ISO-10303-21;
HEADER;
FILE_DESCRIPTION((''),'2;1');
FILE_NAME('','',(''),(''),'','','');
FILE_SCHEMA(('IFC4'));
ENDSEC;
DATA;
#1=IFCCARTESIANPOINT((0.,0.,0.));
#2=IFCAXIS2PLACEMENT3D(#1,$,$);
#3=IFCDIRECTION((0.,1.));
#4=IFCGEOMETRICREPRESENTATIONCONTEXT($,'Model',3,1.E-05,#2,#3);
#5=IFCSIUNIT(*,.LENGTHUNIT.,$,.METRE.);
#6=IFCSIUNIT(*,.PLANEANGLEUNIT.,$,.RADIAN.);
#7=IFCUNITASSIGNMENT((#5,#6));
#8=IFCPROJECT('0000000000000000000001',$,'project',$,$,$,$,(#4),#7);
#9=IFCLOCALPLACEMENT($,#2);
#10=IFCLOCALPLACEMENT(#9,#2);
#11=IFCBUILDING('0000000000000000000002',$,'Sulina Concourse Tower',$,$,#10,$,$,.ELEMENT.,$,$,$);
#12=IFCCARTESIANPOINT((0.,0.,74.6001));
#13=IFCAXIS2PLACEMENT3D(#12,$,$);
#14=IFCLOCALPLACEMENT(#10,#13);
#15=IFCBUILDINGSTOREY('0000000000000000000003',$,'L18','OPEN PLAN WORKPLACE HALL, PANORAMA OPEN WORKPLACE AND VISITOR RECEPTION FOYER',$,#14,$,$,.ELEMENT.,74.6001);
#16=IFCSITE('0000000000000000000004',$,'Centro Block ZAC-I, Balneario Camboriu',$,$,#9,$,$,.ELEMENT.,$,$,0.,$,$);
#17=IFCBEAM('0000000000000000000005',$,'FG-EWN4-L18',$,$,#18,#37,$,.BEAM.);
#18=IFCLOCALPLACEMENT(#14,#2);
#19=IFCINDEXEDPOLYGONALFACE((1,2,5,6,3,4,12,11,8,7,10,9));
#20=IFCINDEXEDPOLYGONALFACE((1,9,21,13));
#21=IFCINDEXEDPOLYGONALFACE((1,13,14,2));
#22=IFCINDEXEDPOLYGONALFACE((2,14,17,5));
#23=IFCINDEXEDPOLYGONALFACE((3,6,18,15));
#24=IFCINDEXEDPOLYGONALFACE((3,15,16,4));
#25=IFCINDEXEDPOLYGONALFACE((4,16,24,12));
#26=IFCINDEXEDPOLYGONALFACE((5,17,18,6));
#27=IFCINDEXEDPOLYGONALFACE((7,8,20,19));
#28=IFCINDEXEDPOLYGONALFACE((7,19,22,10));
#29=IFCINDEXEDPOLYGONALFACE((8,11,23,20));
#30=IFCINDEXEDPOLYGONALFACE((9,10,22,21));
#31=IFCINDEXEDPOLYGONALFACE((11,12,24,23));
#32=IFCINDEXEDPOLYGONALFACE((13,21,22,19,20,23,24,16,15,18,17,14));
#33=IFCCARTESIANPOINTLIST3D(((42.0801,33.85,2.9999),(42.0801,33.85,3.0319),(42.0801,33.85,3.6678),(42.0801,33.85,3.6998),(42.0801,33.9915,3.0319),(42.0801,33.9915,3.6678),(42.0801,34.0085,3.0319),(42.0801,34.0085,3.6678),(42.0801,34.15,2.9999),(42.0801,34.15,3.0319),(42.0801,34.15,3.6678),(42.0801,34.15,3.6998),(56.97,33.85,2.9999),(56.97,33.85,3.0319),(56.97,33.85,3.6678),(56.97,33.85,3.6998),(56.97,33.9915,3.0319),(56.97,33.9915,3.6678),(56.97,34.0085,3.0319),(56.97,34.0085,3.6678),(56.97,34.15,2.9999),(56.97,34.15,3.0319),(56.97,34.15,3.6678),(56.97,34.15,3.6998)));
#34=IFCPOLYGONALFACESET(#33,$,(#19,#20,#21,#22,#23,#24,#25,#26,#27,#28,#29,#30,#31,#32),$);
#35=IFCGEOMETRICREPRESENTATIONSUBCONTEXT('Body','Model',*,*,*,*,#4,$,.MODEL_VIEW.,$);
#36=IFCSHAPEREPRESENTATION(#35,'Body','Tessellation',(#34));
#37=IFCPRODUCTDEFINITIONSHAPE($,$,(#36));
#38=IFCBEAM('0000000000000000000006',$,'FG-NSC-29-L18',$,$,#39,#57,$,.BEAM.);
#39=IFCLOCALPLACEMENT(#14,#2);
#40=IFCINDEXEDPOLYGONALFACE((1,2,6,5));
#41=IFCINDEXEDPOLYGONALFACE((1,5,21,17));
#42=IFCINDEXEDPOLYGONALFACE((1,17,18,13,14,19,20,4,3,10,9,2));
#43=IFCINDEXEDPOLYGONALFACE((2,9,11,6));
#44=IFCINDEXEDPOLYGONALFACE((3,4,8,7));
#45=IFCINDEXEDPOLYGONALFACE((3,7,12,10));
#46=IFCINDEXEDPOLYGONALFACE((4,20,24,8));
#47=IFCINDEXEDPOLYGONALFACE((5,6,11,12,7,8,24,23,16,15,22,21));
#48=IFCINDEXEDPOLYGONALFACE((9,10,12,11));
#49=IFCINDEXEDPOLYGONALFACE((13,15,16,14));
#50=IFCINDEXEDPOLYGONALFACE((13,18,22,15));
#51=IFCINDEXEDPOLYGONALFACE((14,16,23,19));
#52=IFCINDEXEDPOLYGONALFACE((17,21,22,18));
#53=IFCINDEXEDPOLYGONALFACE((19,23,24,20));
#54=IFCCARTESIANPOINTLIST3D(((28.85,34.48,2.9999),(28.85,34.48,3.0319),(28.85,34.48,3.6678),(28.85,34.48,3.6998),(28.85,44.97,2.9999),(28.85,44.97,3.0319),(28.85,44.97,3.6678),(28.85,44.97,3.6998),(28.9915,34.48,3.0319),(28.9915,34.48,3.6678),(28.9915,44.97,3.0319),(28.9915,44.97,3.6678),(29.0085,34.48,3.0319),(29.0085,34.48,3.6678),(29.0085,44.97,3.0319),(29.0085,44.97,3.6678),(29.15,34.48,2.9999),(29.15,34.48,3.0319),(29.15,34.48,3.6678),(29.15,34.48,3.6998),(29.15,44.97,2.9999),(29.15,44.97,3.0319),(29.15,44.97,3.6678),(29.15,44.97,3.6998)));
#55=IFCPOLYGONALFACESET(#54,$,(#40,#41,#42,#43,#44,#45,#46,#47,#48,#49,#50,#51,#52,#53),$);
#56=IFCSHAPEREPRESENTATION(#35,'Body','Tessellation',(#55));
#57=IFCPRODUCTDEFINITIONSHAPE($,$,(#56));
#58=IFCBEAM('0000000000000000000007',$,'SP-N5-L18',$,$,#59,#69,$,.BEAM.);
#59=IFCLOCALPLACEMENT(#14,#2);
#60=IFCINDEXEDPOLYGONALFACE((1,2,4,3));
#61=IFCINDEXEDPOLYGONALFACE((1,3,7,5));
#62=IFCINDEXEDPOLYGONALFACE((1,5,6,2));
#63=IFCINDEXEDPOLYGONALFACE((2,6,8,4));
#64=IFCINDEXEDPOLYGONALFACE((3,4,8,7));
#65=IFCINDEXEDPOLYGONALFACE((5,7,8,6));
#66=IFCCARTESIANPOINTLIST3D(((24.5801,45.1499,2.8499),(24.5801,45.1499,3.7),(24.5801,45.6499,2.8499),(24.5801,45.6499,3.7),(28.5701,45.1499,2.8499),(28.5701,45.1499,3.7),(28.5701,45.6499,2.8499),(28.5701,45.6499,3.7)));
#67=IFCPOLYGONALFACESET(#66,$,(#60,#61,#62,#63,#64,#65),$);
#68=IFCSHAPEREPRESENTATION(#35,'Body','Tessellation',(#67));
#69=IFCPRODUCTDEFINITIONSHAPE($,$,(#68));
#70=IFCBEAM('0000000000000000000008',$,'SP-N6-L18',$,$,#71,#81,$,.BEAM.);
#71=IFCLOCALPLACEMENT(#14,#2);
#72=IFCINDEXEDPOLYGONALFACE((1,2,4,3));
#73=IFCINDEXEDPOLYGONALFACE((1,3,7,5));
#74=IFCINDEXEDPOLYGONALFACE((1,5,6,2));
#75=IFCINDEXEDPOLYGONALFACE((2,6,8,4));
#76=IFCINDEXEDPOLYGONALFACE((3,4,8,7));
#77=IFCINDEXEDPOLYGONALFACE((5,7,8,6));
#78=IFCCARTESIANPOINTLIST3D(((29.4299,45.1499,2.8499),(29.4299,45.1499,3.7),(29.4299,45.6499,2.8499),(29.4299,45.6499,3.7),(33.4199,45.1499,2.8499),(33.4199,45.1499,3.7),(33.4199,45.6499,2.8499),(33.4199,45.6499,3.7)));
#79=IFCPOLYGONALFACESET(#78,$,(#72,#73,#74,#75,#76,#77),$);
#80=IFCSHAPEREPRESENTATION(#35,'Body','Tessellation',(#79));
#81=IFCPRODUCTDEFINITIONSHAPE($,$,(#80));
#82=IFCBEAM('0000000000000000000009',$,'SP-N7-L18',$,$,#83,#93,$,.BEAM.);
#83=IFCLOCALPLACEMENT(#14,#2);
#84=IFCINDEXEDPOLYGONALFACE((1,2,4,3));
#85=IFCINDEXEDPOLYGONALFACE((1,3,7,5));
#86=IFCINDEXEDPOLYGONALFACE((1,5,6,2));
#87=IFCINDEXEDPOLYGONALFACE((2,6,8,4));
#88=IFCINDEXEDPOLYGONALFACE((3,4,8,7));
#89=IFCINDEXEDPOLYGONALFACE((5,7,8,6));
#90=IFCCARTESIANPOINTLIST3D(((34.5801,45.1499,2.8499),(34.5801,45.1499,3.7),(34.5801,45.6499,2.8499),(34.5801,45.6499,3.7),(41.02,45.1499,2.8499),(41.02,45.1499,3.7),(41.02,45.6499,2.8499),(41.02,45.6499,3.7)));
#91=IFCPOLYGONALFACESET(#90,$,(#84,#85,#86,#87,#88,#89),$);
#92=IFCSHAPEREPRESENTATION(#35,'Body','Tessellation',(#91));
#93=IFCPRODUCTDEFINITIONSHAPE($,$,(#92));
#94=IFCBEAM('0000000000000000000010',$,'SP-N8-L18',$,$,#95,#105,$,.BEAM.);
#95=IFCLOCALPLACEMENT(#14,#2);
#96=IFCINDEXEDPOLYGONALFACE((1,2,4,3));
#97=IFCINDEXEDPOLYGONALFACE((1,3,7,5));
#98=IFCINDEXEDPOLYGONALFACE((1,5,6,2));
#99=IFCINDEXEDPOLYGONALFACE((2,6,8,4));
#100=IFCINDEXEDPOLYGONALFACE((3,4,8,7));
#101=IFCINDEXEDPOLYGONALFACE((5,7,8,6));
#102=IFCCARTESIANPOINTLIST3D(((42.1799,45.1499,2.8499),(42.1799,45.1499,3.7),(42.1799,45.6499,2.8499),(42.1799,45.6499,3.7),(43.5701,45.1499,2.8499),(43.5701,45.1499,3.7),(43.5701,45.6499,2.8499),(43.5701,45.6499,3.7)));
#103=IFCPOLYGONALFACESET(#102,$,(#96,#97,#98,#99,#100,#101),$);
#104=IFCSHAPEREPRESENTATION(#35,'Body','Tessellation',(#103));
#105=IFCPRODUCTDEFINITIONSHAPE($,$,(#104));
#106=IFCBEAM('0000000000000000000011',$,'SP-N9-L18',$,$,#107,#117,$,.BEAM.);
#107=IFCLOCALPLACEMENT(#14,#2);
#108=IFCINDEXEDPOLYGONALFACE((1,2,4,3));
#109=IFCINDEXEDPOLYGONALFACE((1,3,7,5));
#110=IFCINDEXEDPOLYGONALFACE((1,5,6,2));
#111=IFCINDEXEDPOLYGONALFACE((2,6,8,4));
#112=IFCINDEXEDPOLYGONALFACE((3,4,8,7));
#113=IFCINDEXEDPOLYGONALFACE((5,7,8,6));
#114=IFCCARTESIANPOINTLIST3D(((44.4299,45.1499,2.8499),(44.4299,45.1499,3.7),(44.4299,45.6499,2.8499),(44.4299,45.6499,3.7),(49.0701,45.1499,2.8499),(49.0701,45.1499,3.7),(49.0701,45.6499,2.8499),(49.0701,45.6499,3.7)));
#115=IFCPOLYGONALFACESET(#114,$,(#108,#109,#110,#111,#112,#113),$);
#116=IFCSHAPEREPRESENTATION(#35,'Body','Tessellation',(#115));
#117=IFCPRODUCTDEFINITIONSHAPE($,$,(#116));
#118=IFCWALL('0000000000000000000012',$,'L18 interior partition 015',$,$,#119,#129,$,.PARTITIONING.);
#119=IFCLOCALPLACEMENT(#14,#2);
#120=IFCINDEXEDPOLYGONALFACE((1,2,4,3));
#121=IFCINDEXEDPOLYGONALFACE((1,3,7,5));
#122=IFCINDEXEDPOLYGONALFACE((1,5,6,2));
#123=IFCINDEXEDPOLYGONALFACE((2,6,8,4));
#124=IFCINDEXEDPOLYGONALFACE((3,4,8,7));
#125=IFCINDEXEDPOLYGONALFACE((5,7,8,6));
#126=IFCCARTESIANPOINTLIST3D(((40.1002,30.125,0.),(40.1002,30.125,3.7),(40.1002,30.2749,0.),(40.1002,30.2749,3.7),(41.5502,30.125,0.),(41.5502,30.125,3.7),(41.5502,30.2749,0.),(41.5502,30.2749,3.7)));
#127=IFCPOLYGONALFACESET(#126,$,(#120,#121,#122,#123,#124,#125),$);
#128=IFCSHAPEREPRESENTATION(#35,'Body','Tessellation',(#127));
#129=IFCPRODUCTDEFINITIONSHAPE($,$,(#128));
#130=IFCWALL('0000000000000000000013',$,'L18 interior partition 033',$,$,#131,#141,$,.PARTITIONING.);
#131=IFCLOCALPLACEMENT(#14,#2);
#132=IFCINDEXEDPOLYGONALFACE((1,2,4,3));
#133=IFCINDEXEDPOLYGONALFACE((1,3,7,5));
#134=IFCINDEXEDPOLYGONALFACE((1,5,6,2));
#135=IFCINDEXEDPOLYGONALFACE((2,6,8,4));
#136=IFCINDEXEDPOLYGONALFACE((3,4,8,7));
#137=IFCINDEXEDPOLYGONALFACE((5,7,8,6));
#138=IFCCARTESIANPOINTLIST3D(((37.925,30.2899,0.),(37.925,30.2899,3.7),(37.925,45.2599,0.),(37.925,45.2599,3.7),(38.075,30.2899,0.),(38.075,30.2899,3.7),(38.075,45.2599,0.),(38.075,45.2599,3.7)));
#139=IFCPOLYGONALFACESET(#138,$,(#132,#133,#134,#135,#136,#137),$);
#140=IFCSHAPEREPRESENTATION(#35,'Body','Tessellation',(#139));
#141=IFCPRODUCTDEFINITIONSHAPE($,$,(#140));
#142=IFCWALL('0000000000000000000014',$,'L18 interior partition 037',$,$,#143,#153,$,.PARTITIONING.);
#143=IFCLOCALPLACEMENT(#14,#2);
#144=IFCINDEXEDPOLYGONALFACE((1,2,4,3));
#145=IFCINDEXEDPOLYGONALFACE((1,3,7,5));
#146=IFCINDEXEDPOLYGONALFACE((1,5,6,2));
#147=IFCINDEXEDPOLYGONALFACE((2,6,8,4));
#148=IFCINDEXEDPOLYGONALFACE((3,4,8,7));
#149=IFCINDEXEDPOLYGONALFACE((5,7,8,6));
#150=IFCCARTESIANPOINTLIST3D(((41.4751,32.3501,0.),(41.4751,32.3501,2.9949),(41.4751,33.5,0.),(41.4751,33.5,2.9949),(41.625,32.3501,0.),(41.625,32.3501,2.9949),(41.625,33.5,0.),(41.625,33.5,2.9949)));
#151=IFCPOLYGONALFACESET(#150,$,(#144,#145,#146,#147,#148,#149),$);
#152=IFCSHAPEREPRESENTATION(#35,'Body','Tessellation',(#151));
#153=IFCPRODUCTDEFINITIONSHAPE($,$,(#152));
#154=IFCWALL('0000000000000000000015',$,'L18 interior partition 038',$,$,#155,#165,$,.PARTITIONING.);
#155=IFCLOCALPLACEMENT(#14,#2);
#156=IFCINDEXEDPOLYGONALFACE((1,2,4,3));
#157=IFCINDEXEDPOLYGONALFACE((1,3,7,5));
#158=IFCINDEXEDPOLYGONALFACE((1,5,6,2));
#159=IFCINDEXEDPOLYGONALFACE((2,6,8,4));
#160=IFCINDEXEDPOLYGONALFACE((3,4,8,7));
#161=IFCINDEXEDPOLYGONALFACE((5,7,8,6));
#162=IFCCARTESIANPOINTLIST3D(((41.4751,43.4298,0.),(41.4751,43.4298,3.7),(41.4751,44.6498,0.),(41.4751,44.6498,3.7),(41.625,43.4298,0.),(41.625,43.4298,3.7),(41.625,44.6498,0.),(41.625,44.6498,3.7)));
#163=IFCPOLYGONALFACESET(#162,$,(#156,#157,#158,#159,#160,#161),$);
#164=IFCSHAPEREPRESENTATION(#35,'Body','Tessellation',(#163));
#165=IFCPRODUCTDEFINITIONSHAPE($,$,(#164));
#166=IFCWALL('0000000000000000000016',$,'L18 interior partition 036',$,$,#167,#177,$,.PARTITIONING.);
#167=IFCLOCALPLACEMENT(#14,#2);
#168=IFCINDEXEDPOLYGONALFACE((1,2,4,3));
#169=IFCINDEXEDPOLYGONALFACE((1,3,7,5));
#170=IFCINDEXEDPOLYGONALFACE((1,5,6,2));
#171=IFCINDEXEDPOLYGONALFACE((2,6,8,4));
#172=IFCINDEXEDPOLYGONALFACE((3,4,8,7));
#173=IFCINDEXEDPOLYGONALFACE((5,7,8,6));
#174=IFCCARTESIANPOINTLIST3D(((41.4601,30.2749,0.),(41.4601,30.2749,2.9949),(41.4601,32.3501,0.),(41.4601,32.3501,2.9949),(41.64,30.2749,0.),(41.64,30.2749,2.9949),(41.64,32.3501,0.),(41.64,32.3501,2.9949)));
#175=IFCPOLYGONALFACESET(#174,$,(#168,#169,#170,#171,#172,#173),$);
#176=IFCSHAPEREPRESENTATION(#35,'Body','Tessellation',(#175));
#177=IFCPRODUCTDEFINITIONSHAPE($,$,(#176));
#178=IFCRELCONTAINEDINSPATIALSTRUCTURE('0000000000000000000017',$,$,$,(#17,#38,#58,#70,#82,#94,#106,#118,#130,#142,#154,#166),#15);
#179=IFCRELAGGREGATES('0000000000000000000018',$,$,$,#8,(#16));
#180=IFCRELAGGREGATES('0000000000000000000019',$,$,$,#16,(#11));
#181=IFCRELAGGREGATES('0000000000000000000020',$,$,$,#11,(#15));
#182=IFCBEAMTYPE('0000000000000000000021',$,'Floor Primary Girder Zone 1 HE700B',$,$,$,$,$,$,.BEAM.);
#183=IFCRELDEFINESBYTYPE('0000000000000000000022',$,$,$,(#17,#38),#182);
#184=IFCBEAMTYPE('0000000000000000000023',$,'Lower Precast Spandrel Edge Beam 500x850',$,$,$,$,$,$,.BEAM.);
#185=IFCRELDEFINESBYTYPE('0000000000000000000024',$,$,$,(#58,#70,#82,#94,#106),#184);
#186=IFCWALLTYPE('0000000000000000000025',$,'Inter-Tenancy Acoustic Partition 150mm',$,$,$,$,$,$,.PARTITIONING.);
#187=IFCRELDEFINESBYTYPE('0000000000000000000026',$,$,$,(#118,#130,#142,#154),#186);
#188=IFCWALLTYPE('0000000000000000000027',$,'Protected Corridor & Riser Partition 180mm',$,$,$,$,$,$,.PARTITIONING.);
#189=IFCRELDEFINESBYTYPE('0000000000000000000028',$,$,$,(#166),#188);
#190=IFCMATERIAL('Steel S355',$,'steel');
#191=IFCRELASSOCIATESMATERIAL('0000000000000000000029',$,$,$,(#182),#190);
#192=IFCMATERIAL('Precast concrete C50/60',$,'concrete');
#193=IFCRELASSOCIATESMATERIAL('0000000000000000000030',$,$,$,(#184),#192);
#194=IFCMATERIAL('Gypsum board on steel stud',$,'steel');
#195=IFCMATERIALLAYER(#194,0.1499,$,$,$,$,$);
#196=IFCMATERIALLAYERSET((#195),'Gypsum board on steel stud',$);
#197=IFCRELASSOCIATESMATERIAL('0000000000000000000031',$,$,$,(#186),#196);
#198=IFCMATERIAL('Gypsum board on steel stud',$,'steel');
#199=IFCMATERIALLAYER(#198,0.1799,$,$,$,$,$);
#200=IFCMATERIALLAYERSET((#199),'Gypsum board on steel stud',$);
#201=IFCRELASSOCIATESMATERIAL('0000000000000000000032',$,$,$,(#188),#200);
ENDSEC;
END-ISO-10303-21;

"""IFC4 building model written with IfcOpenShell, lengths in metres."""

from ifc_helpers import new_model, si_unit, direction, frame, frame_2d, origin, origin_2d, place, context, subcontext, project, spatial, rectangle, i_section, extrude, material, layer, layer_set, material_profile, profile_set, type_object, element, save


model = new_model("IFC4")

# Units and contexts
model_context = context("Model", 3, precision=1e-05, world=origin(), true_north=direction((0.0, 1.0)))
body_context = subcontext(model_context, "Body", "Model", "MODEL_VIEW")
ifc_project = project(units=[si_unit("LENGTHUNIT", "METRE"), si_unit("PLANEANGLEUNIT", "RADIAN")], contexts=[model_context])

# Site, building, storey
site_placement = place(None, origin())
site = spatial("IfcSite", under=ifc_project, at=site_placement, Name="Centro Block ZAC-I, Balneario Camboriu", CompositionType="ELEMENT", RefElevation=0.0)
building_placement = place(site_placement, origin())
building = spatial("IfcBuilding", under=site, at=building_placement, Name="Sulina Concourse Tower", CompositionType="ELEMENT")
storey_placement = place(building_placement, frame((0.0, 0.0, 74.6001)))
storey = spatial("IfcBuildingStorey", under=building, at=storey_placement, Name="L18", Description="OPEN PLAN WORKPLACE HALL, PANORAMA OPEN WORKPLACE AND VISITOR RECEPTION FOYER", CompositionType="ELEMENT", Elevation=74.6001)

# Beams
ifc_material_1 = material(Name="Steel S355", Category="steel")
ifc_material_profile_1 = material_profile(ifc_material_1, i_section(OverallWidth=0.3, OverallDepth=0.7, WebThickness=0.0171, FlangeThickness=0.032, at=origin_2d()), Name="HE 700 B")
ifc_profile_set_1 = profile_set([ifc_material_profile_1], Name="Steel S355")
beam_type_1 = type_object("IfcBeamType", Name="Floor Primary Girder Zone 1 HE700B", PredefinedType="BEAM", material=ifc_profile_set_1)
beam_1_placement = place(storey_placement, frame((42.0801, 34.0, 3.3499), z_axis=(1.0, 0.0, 0.0), x_axis=(0.0, 1.0, 0.0)))
element("IfcBeam", 1, at=beam_1_placement, inside=storey, type_object=beam_type_1, Name="FG-EWN4-L18", PredefinedType="BEAM", context=body_context, shape_type="SweptSolid", body=[
    extrude(i_section(OverallWidth=0.3, OverallDepth=0.7, WebThickness=0.0171, FlangeThickness=0.032, at=origin_2d()), origin(), (0.0, 0.0, 1.0), 14.8899),
])
beam_2_placement = place(storey_placement, frame((29.0, 34.48, 3.3499), z_axis=(0.0, 1.0, 0.0), x_axis=(-1.0, 0.0, 0.0)))
element("IfcBeam", 2, at=beam_2_placement, inside=storey, type_object=beam_type_1, Name="FG-NSC-29-L18", PredefinedType="BEAM", context=body_context, shape_type="SweptSolid", body=[
    extrude(i_section(OverallWidth=0.3, OverallDepth=0.7, WebThickness=0.0171, FlangeThickness=0.032, at=origin_2d()), origin(), (0.0, 0.0, 1.0), 10.49),
])
ifc_material_2 = material(Name="Precast concrete C50/60", Category="concrete")
ifc_material_profile_2 = material_profile(ifc_material_2, rectangle(XDim=0.5, YDim=0.8501, at=origin_2d()), Name="RC 500x850")
ifc_profile_set_2 = profile_set([ifc_material_profile_2], Name="Precast concrete C50/60")
beam_type_2 = type_object("IfcBeamType", Name="Lower Precast Spandrel Edge Beam 500x850", PredefinedType="BEAM", material=ifc_profile_set_2)
for number, where, z_axis, x_axis, name in (
    (3, (24.5801, 45.3999, 3.2749), (1.0, 0.0, 0.0), (0.0, 1.0, 0.0), "SP-N5-L18"),
    (4, (29.4299, 45.3999, 3.2749), (1.0, 0.0, 0.0), (0.0, 1.0, 0.0), "SP-N6-L18"),
):
    element("IfcBeam", number, at=place(storey_placement, frame(where, z_axis=z_axis, x_axis=x_axis)), inside=storey, type_object=beam_type_2, Name=name, PredefinedType="BEAM", context=body_context, shape_type="SweptSolid", body=[
        extrude(rectangle(XDim=0.5, YDim=0.8501, at=origin_2d()), origin(), (0.0, 0.0, 1.0), 3.99),
    ])
beam_3_placement = place(storey_placement, frame((34.5801, 45.3999, 3.2749), z_axis=(1.0, 0.0, 0.0), x_axis=(0.0, 1.0, 0.0)))
element("IfcBeam", 5, at=beam_3_placement, inside=storey, type_object=beam_type_2, Name="SP-N7-L18", PredefinedType="BEAM", context=body_context, shape_type="SweptSolid", body=[
    extrude(rectangle(XDim=0.5, YDim=0.8501, at=origin_2d()), origin(), (0.0, 0.0, 1.0), 6.4399),
])
beam_4_placement = place(storey_placement, frame((42.1799, 45.3999, 3.2749), z_axis=(1.0, 0.0, 0.0), x_axis=(0.0, 1.0, 0.0)))
element("IfcBeam", 6, at=beam_4_placement, inside=storey, type_object=beam_type_2, Name="SP-N8-L18", PredefinedType="BEAM", context=body_context, shape_type="SweptSolid", body=[
    extrude(rectangle(XDim=0.5, YDim=0.8501, at=origin_2d()), origin(), (0.0, 0.0, 1.0), 1.3901),
])
beam_5_placement = place(storey_placement, frame((44.4299, 45.3999, 3.2749), z_axis=(1.0, 0.0, 0.0), x_axis=(0.0, 1.0, 0.0)))
element("IfcBeam", 7, at=beam_5_placement, inside=storey, type_object=beam_type_2, Name="SP-N9-L18", PredefinedType="BEAM", context=body_context, shape_type="SweptSolid", body=[
    extrude(rectangle(XDim=0.5, YDim=0.8501, at=origin_2d()), origin(), (0.0, 0.0, 1.0), 4.6401),
])

# Walls
ifc_material_3 = material(Name="Gypsum board on steel stud", Category="steel")
ifc_layer_1 = layer(ifc_material_3, 0.1499)
ifc_layer_set_1 = layer_set([ifc_layer_1], Name="Gypsum board on steel stud")
wall_type_1 = type_object("IfcWallType", Name="Inter-Tenancy Acoustic Partition 150mm", PredefinedType="PARTITIONING", material=ifc_layer_set_1)
wall_1_placement = place(storey_placement, frame((40.1001, 30.2, 0.0), z_axis=(0.0, 0.0, 1.0), x_axis=(1.0, 0.0, 0.0)))
element("IfcWall", 8, at=wall_1_placement, inside=storey, type_object=wall_type_1, Name="L18 interior partition 015", PredefinedType="PARTITIONING", context=body_context, shape_type="SweptSolid", body=[
    extrude(rectangle(XDim=1.45, YDim=0.1499, at=frame_2d((0.7251, 0.0))), origin(), (0.0, 0.0, 1.0), 3.7),
])
wall_2_placement = place(storey_placement, frame((38.0, 30.29, 0.0), z_axis=(0.0, 0.0, 1.0), x_axis=(0.0, 1.0, 0.0)))
element("IfcWall", 9, at=wall_2_placement, inside=storey, type_object=wall_type_1, Name="L18 interior partition 033", PredefinedType="PARTITIONING", context=body_context, shape_type="SweptSolid", body=[
    extrude(rectangle(XDim=14.97, YDim=0.1499, at=frame_2d((7.4849, 0.0))), origin(), (0.0, 0.0, 1.0), 3.7),
])
wall_3_placement = place(storey_placement, frame((41.55, 32.3501, 0.0), z_axis=(0.0, 0.0, 1.0), x_axis=(0.0, 1.0, 0.0)))
element("IfcWall", 10, at=wall_3_placement, inside=storey, type_object=wall_type_1, Name="L18 interior partition 037", PredefinedType="PARTITIONING", context=body_context, shape_type="SweptSolid", body=[
    extrude(rectangle(XDim=1.1499, YDim=0.1499, at=frame_2d((0.575, 0.0))), origin(), (0.0, 0.0, 1.0), 2.9949),
])
wall_4_placement = place(storey_placement, frame((41.55, 43.4299, 0.0), z_axis=(0.0, 0.0, 1.0), x_axis=(0.0, 1.0, 0.0)))
element("IfcWall", 11, at=wall_4_placement, inside=storey, type_object=wall_type_1, Name="L18 interior partition 038", PredefinedType="PARTITIONING", context=body_context, shape_type="SweptSolid", body=[
    extrude(rectangle(XDim=1.22, YDim=0.1499, at=frame_2d((0.6099, 0.0))), origin(), (0.0, 0.0, 1.0), 3.7),
])
ifc_material_4 = material(Name="Gypsum board on steel stud", Category="steel")
ifc_layer_2 = layer(ifc_material_4, 0.1799)
ifc_layer_set_2 = layer_set([ifc_layer_2], Name="Gypsum board on steel stud")
wall_type_2 = type_object("IfcWallType", Name="Protected Corridor & Riser Partition 180mm", PredefinedType="PARTITIONING", material=ifc_layer_set_2)
wall_5_placement = place(storey_placement, frame((41.55, 30.2749, 0.0), z_axis=(0.0, 0.0, 1.0), x_axis=(0.0, 1.0, 0.0)))
element("IfcWall", 12, at=wall_5_placement, inside=storey, type_object=wall_type_2, Name="L18 interior partition 036", PredefinedType="PARTITIONING", context=body_context, shape_type="SweptSolid", body=[
    extrude(rectangle(XDim=2.0752, YDim=0.1799, at=frame_2d((1.0376, 0.0))), origin(), (0.0, 0.0, 1.0), 2.9949),
])

save(model, "model.ifc")
